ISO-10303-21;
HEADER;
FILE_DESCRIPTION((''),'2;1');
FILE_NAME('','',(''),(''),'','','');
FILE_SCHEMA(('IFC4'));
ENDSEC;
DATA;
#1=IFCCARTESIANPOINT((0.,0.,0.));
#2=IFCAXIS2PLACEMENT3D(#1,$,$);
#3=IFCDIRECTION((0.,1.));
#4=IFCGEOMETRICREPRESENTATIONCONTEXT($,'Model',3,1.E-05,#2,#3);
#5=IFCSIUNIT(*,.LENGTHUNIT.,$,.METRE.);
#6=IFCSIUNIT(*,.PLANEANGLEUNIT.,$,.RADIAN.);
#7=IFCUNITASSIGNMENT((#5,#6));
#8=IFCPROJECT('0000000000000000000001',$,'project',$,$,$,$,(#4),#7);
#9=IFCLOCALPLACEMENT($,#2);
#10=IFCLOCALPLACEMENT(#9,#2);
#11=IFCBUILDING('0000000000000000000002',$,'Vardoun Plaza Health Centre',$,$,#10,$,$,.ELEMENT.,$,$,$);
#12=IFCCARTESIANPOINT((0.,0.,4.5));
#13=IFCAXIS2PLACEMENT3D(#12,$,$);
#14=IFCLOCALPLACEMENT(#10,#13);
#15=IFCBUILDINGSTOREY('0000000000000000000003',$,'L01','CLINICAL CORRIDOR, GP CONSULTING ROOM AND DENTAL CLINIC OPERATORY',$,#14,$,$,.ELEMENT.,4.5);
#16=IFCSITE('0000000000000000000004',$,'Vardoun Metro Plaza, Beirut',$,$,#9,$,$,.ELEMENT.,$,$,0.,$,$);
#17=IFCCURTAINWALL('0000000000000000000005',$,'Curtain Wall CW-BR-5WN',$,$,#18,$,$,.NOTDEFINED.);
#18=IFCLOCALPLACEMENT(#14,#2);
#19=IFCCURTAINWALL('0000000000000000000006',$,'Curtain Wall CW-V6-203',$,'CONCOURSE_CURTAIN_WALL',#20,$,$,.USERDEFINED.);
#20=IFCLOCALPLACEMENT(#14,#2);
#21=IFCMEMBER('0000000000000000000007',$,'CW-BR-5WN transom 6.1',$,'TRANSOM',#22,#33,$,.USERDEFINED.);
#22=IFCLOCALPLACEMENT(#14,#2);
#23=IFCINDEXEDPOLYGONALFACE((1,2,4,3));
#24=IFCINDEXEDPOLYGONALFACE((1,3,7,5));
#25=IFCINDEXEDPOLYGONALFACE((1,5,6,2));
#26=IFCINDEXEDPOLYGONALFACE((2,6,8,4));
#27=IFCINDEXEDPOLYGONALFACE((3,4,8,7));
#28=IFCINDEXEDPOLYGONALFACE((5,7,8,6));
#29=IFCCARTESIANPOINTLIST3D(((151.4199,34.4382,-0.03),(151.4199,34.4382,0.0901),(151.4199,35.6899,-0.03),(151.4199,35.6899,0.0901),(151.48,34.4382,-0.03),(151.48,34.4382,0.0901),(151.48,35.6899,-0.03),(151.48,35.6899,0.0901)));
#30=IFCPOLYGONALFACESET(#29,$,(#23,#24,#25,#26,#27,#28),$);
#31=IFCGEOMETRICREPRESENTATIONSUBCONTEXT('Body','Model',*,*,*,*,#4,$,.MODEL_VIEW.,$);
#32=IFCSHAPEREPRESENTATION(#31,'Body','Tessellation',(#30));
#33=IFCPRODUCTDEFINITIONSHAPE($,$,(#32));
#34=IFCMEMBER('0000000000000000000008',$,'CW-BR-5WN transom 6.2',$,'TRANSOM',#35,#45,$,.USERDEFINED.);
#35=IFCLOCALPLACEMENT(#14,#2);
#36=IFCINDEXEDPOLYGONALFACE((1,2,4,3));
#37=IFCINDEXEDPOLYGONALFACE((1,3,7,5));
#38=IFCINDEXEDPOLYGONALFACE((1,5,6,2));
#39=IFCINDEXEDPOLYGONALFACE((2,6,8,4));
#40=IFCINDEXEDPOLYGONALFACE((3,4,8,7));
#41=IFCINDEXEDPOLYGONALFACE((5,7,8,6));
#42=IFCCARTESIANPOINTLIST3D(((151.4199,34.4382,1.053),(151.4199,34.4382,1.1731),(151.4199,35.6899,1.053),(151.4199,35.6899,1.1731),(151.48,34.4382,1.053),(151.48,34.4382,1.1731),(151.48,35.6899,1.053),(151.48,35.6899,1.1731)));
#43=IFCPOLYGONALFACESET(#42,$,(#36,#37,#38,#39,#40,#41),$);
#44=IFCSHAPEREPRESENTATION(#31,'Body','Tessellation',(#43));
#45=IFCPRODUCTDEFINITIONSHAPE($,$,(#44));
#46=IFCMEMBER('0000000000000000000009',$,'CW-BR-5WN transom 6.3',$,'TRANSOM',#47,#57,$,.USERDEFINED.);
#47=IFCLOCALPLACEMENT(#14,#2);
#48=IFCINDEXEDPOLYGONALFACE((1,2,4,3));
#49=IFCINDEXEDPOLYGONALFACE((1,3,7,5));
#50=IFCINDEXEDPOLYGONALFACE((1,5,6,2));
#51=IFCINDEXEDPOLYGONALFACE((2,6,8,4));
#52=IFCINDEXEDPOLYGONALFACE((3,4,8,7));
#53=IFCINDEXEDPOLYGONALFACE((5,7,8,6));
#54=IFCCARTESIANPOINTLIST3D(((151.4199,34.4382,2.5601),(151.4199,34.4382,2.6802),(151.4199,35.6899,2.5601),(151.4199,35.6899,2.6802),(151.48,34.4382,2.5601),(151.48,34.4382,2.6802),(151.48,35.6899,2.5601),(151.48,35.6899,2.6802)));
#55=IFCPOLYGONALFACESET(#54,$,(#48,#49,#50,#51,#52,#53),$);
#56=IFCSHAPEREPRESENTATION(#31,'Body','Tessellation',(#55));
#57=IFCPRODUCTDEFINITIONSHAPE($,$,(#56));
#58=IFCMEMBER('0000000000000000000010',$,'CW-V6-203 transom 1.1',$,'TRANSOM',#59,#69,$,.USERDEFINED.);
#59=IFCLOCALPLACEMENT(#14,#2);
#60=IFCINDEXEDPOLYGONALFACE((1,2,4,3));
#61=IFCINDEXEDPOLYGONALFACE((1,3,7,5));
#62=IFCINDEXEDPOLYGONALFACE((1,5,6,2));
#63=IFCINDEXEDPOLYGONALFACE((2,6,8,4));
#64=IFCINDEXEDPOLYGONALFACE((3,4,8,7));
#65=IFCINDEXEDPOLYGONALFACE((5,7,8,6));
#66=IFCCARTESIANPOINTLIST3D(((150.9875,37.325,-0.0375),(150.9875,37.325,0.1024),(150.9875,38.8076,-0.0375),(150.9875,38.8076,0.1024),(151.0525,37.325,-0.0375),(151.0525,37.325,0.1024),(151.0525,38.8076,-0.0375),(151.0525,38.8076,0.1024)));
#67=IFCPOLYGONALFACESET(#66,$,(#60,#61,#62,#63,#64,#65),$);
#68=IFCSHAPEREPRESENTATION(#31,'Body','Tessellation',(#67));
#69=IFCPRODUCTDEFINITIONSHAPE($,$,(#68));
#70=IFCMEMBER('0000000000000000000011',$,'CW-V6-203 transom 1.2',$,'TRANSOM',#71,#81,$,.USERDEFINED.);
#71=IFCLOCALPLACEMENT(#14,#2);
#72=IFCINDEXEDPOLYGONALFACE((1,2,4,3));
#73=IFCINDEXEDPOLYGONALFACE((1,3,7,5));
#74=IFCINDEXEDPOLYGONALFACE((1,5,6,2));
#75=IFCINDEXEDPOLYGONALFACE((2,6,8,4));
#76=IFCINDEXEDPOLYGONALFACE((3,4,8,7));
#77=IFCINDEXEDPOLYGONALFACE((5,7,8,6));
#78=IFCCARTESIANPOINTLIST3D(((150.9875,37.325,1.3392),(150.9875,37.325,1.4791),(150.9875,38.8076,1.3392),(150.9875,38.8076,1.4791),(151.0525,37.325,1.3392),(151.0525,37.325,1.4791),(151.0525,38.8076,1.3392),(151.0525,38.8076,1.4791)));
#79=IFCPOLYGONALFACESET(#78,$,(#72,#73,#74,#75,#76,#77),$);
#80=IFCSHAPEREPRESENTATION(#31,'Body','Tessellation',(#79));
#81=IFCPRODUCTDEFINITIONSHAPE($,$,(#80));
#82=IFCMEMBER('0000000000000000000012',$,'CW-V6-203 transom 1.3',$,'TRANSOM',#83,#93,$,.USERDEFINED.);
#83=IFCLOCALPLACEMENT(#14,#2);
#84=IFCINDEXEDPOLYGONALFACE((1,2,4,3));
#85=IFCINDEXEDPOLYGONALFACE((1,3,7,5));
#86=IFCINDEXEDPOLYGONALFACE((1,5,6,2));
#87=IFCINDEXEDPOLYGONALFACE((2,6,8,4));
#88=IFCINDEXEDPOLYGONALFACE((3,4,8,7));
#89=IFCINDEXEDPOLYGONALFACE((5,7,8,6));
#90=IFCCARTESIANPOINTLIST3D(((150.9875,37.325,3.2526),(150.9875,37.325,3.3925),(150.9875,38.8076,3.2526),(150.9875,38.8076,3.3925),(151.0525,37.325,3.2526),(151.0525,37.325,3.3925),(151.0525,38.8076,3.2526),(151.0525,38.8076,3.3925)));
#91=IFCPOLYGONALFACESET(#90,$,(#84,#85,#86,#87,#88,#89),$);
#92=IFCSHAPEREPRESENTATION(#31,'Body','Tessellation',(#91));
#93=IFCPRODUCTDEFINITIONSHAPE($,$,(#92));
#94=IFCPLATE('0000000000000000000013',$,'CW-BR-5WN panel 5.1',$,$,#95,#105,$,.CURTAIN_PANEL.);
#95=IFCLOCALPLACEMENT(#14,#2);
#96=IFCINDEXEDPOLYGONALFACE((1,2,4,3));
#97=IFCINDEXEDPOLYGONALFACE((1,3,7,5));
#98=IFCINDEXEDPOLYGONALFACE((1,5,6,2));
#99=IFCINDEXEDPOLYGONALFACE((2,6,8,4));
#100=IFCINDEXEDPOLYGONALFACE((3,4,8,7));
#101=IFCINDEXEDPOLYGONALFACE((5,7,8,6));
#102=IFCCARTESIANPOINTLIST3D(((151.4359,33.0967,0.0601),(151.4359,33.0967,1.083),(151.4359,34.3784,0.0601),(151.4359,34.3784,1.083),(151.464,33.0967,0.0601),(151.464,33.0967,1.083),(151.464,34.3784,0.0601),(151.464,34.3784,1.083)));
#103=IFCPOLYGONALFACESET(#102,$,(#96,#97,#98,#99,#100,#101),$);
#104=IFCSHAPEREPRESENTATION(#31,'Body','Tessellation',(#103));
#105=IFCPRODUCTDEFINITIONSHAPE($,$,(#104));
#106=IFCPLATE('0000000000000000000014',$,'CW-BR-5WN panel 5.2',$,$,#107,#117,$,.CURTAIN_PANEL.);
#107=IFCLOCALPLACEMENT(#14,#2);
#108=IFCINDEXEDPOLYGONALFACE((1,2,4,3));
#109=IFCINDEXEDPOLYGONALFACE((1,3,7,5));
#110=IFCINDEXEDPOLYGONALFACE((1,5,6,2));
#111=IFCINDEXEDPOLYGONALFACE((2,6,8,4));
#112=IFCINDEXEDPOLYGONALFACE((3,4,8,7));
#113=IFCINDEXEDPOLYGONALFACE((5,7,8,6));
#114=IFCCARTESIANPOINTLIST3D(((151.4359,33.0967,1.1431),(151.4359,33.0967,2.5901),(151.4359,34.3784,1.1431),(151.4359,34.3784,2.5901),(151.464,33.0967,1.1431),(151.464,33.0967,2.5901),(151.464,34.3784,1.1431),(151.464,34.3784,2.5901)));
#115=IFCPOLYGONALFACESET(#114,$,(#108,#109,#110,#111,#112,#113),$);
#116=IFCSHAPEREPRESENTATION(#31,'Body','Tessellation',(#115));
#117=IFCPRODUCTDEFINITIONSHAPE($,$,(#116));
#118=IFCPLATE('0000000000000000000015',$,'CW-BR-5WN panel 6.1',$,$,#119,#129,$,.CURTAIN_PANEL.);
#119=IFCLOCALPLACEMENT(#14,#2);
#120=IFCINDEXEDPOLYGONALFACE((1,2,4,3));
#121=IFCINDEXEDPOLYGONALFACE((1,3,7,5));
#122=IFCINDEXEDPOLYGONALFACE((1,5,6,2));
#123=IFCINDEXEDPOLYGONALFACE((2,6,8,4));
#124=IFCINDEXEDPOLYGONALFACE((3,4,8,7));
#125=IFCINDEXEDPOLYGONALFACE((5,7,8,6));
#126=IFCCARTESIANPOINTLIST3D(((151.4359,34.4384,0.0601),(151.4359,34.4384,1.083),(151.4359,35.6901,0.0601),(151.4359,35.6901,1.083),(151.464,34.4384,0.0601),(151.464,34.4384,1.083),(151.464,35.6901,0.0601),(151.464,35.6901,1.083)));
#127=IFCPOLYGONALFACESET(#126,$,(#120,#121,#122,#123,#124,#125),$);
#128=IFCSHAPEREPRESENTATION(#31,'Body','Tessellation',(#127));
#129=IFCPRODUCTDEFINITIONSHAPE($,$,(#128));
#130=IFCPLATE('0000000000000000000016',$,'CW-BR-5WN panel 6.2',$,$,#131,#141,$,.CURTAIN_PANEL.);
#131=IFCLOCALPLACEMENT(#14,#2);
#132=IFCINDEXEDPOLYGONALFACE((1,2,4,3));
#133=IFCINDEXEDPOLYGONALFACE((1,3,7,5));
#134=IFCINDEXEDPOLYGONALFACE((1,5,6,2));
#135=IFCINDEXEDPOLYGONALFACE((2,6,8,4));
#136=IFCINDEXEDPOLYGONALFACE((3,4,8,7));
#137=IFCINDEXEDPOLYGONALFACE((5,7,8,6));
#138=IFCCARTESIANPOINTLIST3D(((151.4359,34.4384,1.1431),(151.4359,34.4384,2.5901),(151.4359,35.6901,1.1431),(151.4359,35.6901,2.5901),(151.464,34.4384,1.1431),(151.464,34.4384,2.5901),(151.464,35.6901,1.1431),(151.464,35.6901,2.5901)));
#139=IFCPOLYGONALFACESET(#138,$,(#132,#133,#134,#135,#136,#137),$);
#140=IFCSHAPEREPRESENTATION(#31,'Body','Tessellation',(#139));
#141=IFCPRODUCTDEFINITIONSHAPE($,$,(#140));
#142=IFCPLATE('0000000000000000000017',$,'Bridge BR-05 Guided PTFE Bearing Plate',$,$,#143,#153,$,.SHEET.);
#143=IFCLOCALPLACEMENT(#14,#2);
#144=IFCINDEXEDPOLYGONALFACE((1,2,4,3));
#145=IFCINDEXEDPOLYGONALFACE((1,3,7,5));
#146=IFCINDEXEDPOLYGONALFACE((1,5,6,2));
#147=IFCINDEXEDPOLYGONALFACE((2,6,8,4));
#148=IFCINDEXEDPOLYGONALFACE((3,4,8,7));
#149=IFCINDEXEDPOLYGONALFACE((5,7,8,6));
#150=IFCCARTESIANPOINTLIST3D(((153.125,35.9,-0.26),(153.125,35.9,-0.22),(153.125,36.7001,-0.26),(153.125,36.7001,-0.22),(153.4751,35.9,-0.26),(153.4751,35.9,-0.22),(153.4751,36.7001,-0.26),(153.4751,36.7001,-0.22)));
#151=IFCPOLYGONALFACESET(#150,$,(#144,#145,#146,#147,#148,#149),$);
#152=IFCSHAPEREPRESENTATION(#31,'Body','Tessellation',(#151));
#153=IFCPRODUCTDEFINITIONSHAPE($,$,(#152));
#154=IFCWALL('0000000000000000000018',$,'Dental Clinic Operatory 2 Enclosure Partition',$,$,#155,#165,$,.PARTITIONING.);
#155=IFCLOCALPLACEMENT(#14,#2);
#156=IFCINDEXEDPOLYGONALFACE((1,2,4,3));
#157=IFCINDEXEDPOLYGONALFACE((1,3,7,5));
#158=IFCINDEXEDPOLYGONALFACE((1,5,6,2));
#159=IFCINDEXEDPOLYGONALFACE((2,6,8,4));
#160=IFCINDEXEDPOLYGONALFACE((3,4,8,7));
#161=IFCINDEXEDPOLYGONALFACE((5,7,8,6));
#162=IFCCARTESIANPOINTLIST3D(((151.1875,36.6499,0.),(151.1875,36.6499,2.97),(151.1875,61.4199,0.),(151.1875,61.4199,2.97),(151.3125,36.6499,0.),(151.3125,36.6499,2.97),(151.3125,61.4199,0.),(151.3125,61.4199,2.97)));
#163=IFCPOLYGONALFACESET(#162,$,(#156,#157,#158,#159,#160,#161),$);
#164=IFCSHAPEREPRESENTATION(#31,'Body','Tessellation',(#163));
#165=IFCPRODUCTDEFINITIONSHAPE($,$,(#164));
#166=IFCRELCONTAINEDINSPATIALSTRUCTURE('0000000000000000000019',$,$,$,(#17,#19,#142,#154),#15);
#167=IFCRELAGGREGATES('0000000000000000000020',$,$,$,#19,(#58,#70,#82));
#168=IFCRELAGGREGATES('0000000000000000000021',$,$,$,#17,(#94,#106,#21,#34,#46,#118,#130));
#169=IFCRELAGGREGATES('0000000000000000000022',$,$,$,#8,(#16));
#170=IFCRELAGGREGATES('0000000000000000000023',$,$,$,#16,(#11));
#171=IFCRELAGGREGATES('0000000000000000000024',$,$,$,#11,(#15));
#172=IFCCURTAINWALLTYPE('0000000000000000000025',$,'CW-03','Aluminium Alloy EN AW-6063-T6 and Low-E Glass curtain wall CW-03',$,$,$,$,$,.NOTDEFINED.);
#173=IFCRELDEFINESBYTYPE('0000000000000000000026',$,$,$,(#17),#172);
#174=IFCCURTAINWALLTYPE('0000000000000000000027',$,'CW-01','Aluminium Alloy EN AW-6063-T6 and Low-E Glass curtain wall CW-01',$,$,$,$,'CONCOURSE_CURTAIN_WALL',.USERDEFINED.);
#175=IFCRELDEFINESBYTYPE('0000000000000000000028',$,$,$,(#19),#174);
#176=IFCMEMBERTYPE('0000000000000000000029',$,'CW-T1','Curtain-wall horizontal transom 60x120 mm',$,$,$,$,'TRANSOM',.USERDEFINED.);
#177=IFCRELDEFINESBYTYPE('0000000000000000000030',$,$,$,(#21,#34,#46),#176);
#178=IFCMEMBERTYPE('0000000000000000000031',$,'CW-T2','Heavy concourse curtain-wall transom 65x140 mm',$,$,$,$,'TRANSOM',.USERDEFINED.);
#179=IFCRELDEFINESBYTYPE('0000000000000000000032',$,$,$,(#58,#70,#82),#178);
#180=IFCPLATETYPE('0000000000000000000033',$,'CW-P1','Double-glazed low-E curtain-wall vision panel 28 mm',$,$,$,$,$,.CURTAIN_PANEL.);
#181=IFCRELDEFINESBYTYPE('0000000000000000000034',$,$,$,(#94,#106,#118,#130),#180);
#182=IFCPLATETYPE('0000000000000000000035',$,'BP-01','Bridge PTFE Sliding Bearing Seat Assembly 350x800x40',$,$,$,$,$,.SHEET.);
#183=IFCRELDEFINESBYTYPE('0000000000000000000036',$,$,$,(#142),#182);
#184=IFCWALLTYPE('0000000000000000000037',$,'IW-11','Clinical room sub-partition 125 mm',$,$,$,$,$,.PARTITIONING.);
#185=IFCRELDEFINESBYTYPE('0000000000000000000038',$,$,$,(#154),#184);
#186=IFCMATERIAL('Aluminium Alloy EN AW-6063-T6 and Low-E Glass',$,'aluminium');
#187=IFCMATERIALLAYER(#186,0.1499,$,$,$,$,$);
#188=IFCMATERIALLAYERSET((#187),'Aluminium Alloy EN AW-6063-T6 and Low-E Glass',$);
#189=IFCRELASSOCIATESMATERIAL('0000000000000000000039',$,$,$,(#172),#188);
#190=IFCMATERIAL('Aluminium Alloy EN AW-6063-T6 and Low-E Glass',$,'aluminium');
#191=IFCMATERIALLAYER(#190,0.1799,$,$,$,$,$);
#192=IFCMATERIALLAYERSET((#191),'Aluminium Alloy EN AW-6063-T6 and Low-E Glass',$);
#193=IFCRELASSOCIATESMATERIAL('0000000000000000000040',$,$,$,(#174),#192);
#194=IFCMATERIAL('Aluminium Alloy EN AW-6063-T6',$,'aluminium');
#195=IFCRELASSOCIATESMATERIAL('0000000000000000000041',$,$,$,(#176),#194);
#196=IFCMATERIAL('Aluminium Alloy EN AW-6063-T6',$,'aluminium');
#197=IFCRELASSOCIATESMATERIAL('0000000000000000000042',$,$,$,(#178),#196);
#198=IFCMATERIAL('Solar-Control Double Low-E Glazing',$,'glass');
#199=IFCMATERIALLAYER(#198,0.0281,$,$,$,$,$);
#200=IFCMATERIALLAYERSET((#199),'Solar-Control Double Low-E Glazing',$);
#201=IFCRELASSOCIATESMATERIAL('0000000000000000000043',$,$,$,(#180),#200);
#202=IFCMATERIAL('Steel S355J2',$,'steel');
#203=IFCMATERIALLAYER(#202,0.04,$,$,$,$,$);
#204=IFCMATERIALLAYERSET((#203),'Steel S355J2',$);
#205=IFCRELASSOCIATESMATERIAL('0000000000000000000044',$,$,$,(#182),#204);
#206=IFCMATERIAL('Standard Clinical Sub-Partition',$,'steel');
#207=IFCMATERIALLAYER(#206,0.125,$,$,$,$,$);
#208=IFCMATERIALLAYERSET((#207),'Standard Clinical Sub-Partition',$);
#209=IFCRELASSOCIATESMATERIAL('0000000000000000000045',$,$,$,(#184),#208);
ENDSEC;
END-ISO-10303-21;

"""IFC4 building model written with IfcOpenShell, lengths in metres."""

from ifc_helpers import new_model, si_unit, direction, frame, frame_2d, origin, origin_2d, place, context, subcontext, project, spatial, rectangle, extrude, material, layer, layer_set, material_profile, profile_set, type_object, element, aggregate, save


model = new_model("IFC4")

# Units and contexts
model_context = context("Model", 3, precision=1e-05, world=origin(), true_north=direction((0.0, 1.0)))
body_context = subcontext(model_context, "Body", "Model", "MODEL_VIEW")
ifc_project = project(units=[si_unit("LENGTHUNIT", "METRE"), si_unit("PLANEANGLEUNIT", "RADIAN")], contexts=[model_context])

# Site, building, storey
site_placement = place(None, origin())
site = spatial("IfcSite", under=ifc_project, at=site_placement, Name="Vardoun Metro Plaza, Beirut", CompositionType="ELEMENT", RefElevation=0.0)
building_placement = place(site_placement, origin())
building = spatial("IfcBuilding", under=site, at=building_placement, Name="Vardoun Plaza Health Centre", CompositionType="ELEMENT")
storey_placement = place(building_placement, frame((0.0, 0.0, 4.5)))
storey = spatial("IfcBuildingStorey", under=building, at=storey_placement, Name="L01", Description="CLINICAL CORRIDOR, GP CONSULTING ROOM AND DENTAL CLINIC OPERATORY", CompositionType="ELEMENT", Elevation=4.5)

# Curtain wall
ifc_material_1 = material(Name="Aluminium Alloy EN AW-6063-T6 and Low-E Glass", Category="aluminium")
ifc_layer_1 = layer(ifc_material_1, 0.1499)
ifc_layer_set_1 = layer_set([ifc_layer_1], Name="Aluminium Alloy EN AW-6063-T6 and Low-E Glass")
curtain_wall_type_1 = type_object("IfcCurtainWallType", Name="CW-03", Description="Aluminium Alloy EN AW-6063-T6 and Low-E Glass curtain wall CW-03", PredefinedType="NOTDEFINED", material=ifc_layer_set_1)
curtain_wall_1_placement = place(storey_placement, origin())
curtain_wall_1 = element("IfcCurtainWall", 1, at=curtain_wall_1_placement, inside=storey, type_object=curtain_wall_type_1, Name="Curtain Wall CW-BR-5WN", PredefinedType="NOTDEFINED")

# Curtain wall
ifc_material_2 = material(Name="Aluminium Alloy EN AW-6063-T6 and Low-E Glass", Category="aluminium")
ifc_layer_2 = layer(ifc_material_2, 0.1799)
ifc_layer_set_2 = layer_set([ifc_layer_2], Name="Aluminium Alloy EN AW-6063-T6 and Low-E Glass")
curtain_wall_type_2 = type_object("IfcCurtainWallType", Name="CW-01", Description="Aluminium Alloy EN AW-6063-T6 and Low-E Glass curtain wall CW-01", ElementType="CONCOURSE_CURTAIN_WALL", PredefinedType="USERDEFINED", material=ifc_layer_set_2)
curtain_wall_2_placement = place(storey_placement, origin())
curtain_wall_2 = element("IfcCurtainWall", 2, at=curtain_wall_2_placement, inside=storey, type_object=curtain_wall_type_2, Name="Curtain Wall CW-V6-203", ObjectType="CONCOURSE_CURTAIN_WALL", PredefinedType="USERDEFINED")

# Members
ifc_material_3 = material(Name="Aluminium Alloy EN AW-6063-T6", Category="aluminium")
ifc_material_profile_1 = material_profile(ifc_material_3, rectangle(XDim=0.0601, YDim=0.1201, at=origin_2d()), Name="CWT 60x120")
ifc_profile_set_1 = profile_set([ifc_material_profile_1], Name="Aluminium Alloy EN AW-6063-T6")
member_type_1 = type_object("IfcMemberType", Name="CW-T1", Description="Curtain-wall horizontal transom 60x120 mm", ElementType="TRANSOM", PredefinedType="USERDEFINED", material=ifc_profile_set_1)
member_1_placement = place(storey_placement, frame((151.45, 34.4382, 0.03), z_axis=(0.0, 1.0, 0.0), x_axis=(-1.0, 0.0, 0.0)))
member_1 = element("IfcMember", 3, at=member_1_placement, type_object=member_type_1, Name="CW-BR-5WN transom 6.1", ObjectType="TRANSOM", PredefinedType="USERDEFINED", context=body_context, shape_type="SweptSolid", body=[
    extrude(rectangle(XDim=0.0601, YDim=0.1201, at=origin_2d()), origin(), (0.0, 0.0, 1.0), 1.2517),
])
member_2_placement = place(storey_placement, frame((151.45, 34.4382, 1.113), z_axis=(0.0, 1.0, 0.0), x_axis=(-1.0, 0.0, 0.0)))
member_2 = element("IfcMember", 4, at=member_2_placement, type_object=member_type_1, Name="CW-BR-5WN transom 6.2", ObjectType="TRANSOM", PredefinedType="USERDEFINED", context=body_context, shape_type="SweptSolid", body=[
    extrude(rectangle(XDim=0.0601, YDim=0.1201, at=origin_2d()), origin(), (0.0, 0.0, 1.0), 1.2517),
])
member_3_placement = place(storey_placement, frame((151.45, 34.4382, 2.6201), z_axis=(0.0, 1.0, 0.0), x_axis=(-1.0, 0.0, 0.0)))
member_3 = element("IfcMember", 5, at=member_3_placement, type_object=member_type_1, Name="CW-BR-5WN transom 6.3", ObjectType="TRANSOM", PredefinedType="USERDEFINED", context=body_context, shape_type="SweptSolid", body=[
    extrude(rectangle(XDim=0.0601, YDim=0.1201, at=origin_2d()), origin(), (0.0, 0.0, 1.0), 1.2517),
])
ifc_material_4 = material(Name="Aluminium Alloy EN AW-6063-T6", Category="aluminium")
ifc_material_profile_2 = material_profile(ifc_material_4, rectangle(XDim=0.0649, YDim=0.1399, at=origin_2d()), Name="CWT 65x140")
ifc_profile_set_2 = profile_set([ifc_material_profile_2], Name="Aluminium Alloy EN AW-6063-T6")
member_type_2 = type_object("IfcMemberType", Name="CW-T2", Description="Heavy concourse curtain-wall transom 65x140 mm", ElementType="TRANSOM", PredefinedType="USERDEFINED", material=ifc_profile_set_2)
member_4_placement = place(storey_placement, frame((151.02, 37.325, 0.0325), z_axis=(0.0, 1.0, 0.0), x_axis=(-1.0, 0.0, 0.0)))
member_4 = element("IfcMember", 6, at=member_4_placement, type_object=member_type_2, Name="CW-V6-203 transom 1.1", ObjectType="TRANSOM", PredefinedType="USERDEFINED", context=body_context, shape_type="SweptSolid", body=[
    extrude(rectangle(XDim=0.0649, YDim=0.1399, at=origin_2d()), origin(), (0.0, 0.0, 1.0), 1.4827),
])
member_5_placement = place(storey_placement, frame((151.02, 37.325, 1.4092), z_axis=(0.0, 1.0, 0.0), x_axis=(-1.0, 0.0, 0.0)))
member_5 = element("IfcMember", 7, at=member_5_placement, type_object=member_type_2, Name="CW-V6-203 transom 1.2", ObjectType="TRANSOM", PredefinedType="USERDEFINED", context=body_context, shape_type="SweptSolid", body=[
    extrude(rectangle(XDim=0.0649, YDim=0.1399, at=origin_2d()), origin(), (0.0, 0.0, 1.0), 1.4827),
])
member_6_placement = place(storey_placement, frame((151.02, 37.325, 3.3225), z_axis=(0.0, 1.0, 0.0), x_axis=(-1.0, 0.0, 0.0)))
member_6 = element("IfcMember", 8, at=member_6_placement, type_object=member_type_2, Name="CW-V6-203 transom 1.3", ObjectType="TRANSOM", PredefinedType="USERDEFINED", context=body_context, shape_type="SweptSolid", body=[
    extrude(rectangle(XDim=0.0649, YDim=0.1399, at=origin_2d()), origin(), (0.0, 0.0, 1.0), 1.4827),
])
aggregate(curtain_wall_2, [member_4, member_5, member_6])

# Plates
ifc_material_5 = material(Name="Solar-Control Double Low-E Glazing", Category="glass")
ifc_layer_3 = layer(ifc_material_5, 0.0281)
ifc_layer_set_3 = layer_set([ifc_layer_3], Name="Solar-Control Double Low-E Glazing")
plate_type_1 = type_object("IfcPlateType", Name="CW-P1", Description="Double-glazed low-E curtain-wall vision panel 28 mm", PredefinedType="CURTAIN_PANEL", material=ifc_layer_set_3)
plate_1_placement = place(storey_placement, frame((151.45, 33.7375, 0.0601), z_axis=(0.0, 0.0, 1.0), x_axis=(0.0, 1.0, 0.0)))
plate_1 = element("IfcPlate", 9, at=plate_1_placement, type_object=plate_type_1, Name="CW-BR-5WN panel 5.1", PredefinedType="CURTAIN_PANEL", context=body_context, shape_type="SweptSolid", body=[
    extrude(rectangle(XDim=1.2817, YDim=0.0281, at=origin_2d()), origin(), (0.0, 0.0, 1.0), 1.0229),
])
plate_2_placement = place(storey_placement, frame((151.45, 33.7375, 1.1431), z_axis=(0.0, 0.0, 1.0), x_axis=(0.0, 1.0, 0.0)))
plate_2 = element("IfcPlate", 10, at=plate_2_placement, type_object=plate_type_1, Name="CW-BR-5WN panel 5.2", PredefinedType="CURTAIN_PANEL", context=body_context, shape_type="SweptSolid", body=[
    extrude(rectangle(XDim=1.2817, YDim=0.0281, at=origin_2d()), origin(), (0.0, 0.0, 1.0), 1.447),
])
plate_3_placement = place(storey_placement, frame((151.45, 35.0642, 0.0601), z_axis=(0.0, 0.0, 1.0), x_axis=(0.0, 1.0, 0.0)))
plate_3 = element("IfcPlate", 11, at=plate_3_placement, type_object=plate_type_1, Name="CW-BR-5WN panel 6.1", PredefinedType="CURTAIN_PANEL", context=body_context, shape_type="SweptSolid", body=[
    extrude(rectangle(XDim=1.2517, YDim=0.0281, at=origin_2d()), origin(), (0.0, 0.0, 1.0), 1.0229),
])
plate_4_placement = place(storey_placement, frame((151.45, 35.0642, 1.1431), z_axis=(0.0, 0.0, 1.0), x_axis=(0.0, 1.0, 0.0)))
plate_4 = element("IfcPlate", 12, at=plate_4_placement, type_object=plate_type_1, Name="CW-BR-5WN panel 6.2", PredefinedType="CURTAIN_PANEL", context=body_context, shape_type="SweptSolid", body=[
    extrude(rectangle(XDim=1.2517, YDim=0.0281, at=origin_2d()), origin(), (0.0, 0.0, 1.0), 1.447),
])
aggregate(curtain_wall_1, [plate_1, plate_2, member_1, member_2, member_3, plate_3, plate_4])
ifc_material_6 = material(Name="Steel S355J2", Category="steel")
ifc_layer_4 = layer(ifc_material_6, 0.04)
ifc_layer_set_4 = layer_set([ifc_layer_4], Name="Steel S355J2")
plate_type_2 = type_object("IfcPlateType", Name="BP-01", Description="Bridge PTFE Sliding Bearing Seat Assembly 350x800x40", PredefinedType="SHEET", material=ifc_layer_set_4)
plate_5_placement = place(storey_placement, frame((153.3, 36.3, -0.26), z_axis=(0.0, 0.0, 1.0), x_axis=(1.0, 0.0, 0.0)))
element("IfcPlate", 13, at=plate_5_placement, inside=storey, type_object=plate_type_2, Name="Bridge BR-05 Guided PTFE Bearing Plate", PredefinedType="SHEET", context=body_context, shape_type="SweptSolid", body=[
    extrude(rectangle(XDim=0.3501, YDim=0.8, at=origin_2d()), origin(), (0.0, 0.0, 1.0), 0.04),
])

# Wall
ifc_material_7 = material(Name="Standard Clinical Sub-Partition", Category="steel")
ifc_layer_5 = layer(ifc_material_7, 0.125)
ifc_layer_set_5 = layer_set([ifc_layer_5], Name="Standard Clinical Sub-Partition")
wall_type = type_object("IfcWallType", Name="IW-11", Description="Clinical room sub-partition 125 mm", PredefinedType="PARTITIONING", material=ifc_layer_set_5)
wall_placement = place(storey_placement, frame((151.25, 36.6499, 0.0), z_axis=(0.0, 0.0, 1.0), x_axis=(0.0, 1.0, 0.0)))
element("IfcWall", 14, at=wall_placement, inside=storey, type_object=wall_type, Name="Dental Clinic Operatory 2 Enclosure Partition", PredefinedType="PARTITIONING", context=body_context, shape_type="SweptSolid", body=[
    extrude(rectangle(XDim=24.77, YDim=0.125, at=frame_2d((12.385, 0.0))), origin(), (0.0, 0.0, 1.0), 2.97),
])

save(model, "model.ifc")
